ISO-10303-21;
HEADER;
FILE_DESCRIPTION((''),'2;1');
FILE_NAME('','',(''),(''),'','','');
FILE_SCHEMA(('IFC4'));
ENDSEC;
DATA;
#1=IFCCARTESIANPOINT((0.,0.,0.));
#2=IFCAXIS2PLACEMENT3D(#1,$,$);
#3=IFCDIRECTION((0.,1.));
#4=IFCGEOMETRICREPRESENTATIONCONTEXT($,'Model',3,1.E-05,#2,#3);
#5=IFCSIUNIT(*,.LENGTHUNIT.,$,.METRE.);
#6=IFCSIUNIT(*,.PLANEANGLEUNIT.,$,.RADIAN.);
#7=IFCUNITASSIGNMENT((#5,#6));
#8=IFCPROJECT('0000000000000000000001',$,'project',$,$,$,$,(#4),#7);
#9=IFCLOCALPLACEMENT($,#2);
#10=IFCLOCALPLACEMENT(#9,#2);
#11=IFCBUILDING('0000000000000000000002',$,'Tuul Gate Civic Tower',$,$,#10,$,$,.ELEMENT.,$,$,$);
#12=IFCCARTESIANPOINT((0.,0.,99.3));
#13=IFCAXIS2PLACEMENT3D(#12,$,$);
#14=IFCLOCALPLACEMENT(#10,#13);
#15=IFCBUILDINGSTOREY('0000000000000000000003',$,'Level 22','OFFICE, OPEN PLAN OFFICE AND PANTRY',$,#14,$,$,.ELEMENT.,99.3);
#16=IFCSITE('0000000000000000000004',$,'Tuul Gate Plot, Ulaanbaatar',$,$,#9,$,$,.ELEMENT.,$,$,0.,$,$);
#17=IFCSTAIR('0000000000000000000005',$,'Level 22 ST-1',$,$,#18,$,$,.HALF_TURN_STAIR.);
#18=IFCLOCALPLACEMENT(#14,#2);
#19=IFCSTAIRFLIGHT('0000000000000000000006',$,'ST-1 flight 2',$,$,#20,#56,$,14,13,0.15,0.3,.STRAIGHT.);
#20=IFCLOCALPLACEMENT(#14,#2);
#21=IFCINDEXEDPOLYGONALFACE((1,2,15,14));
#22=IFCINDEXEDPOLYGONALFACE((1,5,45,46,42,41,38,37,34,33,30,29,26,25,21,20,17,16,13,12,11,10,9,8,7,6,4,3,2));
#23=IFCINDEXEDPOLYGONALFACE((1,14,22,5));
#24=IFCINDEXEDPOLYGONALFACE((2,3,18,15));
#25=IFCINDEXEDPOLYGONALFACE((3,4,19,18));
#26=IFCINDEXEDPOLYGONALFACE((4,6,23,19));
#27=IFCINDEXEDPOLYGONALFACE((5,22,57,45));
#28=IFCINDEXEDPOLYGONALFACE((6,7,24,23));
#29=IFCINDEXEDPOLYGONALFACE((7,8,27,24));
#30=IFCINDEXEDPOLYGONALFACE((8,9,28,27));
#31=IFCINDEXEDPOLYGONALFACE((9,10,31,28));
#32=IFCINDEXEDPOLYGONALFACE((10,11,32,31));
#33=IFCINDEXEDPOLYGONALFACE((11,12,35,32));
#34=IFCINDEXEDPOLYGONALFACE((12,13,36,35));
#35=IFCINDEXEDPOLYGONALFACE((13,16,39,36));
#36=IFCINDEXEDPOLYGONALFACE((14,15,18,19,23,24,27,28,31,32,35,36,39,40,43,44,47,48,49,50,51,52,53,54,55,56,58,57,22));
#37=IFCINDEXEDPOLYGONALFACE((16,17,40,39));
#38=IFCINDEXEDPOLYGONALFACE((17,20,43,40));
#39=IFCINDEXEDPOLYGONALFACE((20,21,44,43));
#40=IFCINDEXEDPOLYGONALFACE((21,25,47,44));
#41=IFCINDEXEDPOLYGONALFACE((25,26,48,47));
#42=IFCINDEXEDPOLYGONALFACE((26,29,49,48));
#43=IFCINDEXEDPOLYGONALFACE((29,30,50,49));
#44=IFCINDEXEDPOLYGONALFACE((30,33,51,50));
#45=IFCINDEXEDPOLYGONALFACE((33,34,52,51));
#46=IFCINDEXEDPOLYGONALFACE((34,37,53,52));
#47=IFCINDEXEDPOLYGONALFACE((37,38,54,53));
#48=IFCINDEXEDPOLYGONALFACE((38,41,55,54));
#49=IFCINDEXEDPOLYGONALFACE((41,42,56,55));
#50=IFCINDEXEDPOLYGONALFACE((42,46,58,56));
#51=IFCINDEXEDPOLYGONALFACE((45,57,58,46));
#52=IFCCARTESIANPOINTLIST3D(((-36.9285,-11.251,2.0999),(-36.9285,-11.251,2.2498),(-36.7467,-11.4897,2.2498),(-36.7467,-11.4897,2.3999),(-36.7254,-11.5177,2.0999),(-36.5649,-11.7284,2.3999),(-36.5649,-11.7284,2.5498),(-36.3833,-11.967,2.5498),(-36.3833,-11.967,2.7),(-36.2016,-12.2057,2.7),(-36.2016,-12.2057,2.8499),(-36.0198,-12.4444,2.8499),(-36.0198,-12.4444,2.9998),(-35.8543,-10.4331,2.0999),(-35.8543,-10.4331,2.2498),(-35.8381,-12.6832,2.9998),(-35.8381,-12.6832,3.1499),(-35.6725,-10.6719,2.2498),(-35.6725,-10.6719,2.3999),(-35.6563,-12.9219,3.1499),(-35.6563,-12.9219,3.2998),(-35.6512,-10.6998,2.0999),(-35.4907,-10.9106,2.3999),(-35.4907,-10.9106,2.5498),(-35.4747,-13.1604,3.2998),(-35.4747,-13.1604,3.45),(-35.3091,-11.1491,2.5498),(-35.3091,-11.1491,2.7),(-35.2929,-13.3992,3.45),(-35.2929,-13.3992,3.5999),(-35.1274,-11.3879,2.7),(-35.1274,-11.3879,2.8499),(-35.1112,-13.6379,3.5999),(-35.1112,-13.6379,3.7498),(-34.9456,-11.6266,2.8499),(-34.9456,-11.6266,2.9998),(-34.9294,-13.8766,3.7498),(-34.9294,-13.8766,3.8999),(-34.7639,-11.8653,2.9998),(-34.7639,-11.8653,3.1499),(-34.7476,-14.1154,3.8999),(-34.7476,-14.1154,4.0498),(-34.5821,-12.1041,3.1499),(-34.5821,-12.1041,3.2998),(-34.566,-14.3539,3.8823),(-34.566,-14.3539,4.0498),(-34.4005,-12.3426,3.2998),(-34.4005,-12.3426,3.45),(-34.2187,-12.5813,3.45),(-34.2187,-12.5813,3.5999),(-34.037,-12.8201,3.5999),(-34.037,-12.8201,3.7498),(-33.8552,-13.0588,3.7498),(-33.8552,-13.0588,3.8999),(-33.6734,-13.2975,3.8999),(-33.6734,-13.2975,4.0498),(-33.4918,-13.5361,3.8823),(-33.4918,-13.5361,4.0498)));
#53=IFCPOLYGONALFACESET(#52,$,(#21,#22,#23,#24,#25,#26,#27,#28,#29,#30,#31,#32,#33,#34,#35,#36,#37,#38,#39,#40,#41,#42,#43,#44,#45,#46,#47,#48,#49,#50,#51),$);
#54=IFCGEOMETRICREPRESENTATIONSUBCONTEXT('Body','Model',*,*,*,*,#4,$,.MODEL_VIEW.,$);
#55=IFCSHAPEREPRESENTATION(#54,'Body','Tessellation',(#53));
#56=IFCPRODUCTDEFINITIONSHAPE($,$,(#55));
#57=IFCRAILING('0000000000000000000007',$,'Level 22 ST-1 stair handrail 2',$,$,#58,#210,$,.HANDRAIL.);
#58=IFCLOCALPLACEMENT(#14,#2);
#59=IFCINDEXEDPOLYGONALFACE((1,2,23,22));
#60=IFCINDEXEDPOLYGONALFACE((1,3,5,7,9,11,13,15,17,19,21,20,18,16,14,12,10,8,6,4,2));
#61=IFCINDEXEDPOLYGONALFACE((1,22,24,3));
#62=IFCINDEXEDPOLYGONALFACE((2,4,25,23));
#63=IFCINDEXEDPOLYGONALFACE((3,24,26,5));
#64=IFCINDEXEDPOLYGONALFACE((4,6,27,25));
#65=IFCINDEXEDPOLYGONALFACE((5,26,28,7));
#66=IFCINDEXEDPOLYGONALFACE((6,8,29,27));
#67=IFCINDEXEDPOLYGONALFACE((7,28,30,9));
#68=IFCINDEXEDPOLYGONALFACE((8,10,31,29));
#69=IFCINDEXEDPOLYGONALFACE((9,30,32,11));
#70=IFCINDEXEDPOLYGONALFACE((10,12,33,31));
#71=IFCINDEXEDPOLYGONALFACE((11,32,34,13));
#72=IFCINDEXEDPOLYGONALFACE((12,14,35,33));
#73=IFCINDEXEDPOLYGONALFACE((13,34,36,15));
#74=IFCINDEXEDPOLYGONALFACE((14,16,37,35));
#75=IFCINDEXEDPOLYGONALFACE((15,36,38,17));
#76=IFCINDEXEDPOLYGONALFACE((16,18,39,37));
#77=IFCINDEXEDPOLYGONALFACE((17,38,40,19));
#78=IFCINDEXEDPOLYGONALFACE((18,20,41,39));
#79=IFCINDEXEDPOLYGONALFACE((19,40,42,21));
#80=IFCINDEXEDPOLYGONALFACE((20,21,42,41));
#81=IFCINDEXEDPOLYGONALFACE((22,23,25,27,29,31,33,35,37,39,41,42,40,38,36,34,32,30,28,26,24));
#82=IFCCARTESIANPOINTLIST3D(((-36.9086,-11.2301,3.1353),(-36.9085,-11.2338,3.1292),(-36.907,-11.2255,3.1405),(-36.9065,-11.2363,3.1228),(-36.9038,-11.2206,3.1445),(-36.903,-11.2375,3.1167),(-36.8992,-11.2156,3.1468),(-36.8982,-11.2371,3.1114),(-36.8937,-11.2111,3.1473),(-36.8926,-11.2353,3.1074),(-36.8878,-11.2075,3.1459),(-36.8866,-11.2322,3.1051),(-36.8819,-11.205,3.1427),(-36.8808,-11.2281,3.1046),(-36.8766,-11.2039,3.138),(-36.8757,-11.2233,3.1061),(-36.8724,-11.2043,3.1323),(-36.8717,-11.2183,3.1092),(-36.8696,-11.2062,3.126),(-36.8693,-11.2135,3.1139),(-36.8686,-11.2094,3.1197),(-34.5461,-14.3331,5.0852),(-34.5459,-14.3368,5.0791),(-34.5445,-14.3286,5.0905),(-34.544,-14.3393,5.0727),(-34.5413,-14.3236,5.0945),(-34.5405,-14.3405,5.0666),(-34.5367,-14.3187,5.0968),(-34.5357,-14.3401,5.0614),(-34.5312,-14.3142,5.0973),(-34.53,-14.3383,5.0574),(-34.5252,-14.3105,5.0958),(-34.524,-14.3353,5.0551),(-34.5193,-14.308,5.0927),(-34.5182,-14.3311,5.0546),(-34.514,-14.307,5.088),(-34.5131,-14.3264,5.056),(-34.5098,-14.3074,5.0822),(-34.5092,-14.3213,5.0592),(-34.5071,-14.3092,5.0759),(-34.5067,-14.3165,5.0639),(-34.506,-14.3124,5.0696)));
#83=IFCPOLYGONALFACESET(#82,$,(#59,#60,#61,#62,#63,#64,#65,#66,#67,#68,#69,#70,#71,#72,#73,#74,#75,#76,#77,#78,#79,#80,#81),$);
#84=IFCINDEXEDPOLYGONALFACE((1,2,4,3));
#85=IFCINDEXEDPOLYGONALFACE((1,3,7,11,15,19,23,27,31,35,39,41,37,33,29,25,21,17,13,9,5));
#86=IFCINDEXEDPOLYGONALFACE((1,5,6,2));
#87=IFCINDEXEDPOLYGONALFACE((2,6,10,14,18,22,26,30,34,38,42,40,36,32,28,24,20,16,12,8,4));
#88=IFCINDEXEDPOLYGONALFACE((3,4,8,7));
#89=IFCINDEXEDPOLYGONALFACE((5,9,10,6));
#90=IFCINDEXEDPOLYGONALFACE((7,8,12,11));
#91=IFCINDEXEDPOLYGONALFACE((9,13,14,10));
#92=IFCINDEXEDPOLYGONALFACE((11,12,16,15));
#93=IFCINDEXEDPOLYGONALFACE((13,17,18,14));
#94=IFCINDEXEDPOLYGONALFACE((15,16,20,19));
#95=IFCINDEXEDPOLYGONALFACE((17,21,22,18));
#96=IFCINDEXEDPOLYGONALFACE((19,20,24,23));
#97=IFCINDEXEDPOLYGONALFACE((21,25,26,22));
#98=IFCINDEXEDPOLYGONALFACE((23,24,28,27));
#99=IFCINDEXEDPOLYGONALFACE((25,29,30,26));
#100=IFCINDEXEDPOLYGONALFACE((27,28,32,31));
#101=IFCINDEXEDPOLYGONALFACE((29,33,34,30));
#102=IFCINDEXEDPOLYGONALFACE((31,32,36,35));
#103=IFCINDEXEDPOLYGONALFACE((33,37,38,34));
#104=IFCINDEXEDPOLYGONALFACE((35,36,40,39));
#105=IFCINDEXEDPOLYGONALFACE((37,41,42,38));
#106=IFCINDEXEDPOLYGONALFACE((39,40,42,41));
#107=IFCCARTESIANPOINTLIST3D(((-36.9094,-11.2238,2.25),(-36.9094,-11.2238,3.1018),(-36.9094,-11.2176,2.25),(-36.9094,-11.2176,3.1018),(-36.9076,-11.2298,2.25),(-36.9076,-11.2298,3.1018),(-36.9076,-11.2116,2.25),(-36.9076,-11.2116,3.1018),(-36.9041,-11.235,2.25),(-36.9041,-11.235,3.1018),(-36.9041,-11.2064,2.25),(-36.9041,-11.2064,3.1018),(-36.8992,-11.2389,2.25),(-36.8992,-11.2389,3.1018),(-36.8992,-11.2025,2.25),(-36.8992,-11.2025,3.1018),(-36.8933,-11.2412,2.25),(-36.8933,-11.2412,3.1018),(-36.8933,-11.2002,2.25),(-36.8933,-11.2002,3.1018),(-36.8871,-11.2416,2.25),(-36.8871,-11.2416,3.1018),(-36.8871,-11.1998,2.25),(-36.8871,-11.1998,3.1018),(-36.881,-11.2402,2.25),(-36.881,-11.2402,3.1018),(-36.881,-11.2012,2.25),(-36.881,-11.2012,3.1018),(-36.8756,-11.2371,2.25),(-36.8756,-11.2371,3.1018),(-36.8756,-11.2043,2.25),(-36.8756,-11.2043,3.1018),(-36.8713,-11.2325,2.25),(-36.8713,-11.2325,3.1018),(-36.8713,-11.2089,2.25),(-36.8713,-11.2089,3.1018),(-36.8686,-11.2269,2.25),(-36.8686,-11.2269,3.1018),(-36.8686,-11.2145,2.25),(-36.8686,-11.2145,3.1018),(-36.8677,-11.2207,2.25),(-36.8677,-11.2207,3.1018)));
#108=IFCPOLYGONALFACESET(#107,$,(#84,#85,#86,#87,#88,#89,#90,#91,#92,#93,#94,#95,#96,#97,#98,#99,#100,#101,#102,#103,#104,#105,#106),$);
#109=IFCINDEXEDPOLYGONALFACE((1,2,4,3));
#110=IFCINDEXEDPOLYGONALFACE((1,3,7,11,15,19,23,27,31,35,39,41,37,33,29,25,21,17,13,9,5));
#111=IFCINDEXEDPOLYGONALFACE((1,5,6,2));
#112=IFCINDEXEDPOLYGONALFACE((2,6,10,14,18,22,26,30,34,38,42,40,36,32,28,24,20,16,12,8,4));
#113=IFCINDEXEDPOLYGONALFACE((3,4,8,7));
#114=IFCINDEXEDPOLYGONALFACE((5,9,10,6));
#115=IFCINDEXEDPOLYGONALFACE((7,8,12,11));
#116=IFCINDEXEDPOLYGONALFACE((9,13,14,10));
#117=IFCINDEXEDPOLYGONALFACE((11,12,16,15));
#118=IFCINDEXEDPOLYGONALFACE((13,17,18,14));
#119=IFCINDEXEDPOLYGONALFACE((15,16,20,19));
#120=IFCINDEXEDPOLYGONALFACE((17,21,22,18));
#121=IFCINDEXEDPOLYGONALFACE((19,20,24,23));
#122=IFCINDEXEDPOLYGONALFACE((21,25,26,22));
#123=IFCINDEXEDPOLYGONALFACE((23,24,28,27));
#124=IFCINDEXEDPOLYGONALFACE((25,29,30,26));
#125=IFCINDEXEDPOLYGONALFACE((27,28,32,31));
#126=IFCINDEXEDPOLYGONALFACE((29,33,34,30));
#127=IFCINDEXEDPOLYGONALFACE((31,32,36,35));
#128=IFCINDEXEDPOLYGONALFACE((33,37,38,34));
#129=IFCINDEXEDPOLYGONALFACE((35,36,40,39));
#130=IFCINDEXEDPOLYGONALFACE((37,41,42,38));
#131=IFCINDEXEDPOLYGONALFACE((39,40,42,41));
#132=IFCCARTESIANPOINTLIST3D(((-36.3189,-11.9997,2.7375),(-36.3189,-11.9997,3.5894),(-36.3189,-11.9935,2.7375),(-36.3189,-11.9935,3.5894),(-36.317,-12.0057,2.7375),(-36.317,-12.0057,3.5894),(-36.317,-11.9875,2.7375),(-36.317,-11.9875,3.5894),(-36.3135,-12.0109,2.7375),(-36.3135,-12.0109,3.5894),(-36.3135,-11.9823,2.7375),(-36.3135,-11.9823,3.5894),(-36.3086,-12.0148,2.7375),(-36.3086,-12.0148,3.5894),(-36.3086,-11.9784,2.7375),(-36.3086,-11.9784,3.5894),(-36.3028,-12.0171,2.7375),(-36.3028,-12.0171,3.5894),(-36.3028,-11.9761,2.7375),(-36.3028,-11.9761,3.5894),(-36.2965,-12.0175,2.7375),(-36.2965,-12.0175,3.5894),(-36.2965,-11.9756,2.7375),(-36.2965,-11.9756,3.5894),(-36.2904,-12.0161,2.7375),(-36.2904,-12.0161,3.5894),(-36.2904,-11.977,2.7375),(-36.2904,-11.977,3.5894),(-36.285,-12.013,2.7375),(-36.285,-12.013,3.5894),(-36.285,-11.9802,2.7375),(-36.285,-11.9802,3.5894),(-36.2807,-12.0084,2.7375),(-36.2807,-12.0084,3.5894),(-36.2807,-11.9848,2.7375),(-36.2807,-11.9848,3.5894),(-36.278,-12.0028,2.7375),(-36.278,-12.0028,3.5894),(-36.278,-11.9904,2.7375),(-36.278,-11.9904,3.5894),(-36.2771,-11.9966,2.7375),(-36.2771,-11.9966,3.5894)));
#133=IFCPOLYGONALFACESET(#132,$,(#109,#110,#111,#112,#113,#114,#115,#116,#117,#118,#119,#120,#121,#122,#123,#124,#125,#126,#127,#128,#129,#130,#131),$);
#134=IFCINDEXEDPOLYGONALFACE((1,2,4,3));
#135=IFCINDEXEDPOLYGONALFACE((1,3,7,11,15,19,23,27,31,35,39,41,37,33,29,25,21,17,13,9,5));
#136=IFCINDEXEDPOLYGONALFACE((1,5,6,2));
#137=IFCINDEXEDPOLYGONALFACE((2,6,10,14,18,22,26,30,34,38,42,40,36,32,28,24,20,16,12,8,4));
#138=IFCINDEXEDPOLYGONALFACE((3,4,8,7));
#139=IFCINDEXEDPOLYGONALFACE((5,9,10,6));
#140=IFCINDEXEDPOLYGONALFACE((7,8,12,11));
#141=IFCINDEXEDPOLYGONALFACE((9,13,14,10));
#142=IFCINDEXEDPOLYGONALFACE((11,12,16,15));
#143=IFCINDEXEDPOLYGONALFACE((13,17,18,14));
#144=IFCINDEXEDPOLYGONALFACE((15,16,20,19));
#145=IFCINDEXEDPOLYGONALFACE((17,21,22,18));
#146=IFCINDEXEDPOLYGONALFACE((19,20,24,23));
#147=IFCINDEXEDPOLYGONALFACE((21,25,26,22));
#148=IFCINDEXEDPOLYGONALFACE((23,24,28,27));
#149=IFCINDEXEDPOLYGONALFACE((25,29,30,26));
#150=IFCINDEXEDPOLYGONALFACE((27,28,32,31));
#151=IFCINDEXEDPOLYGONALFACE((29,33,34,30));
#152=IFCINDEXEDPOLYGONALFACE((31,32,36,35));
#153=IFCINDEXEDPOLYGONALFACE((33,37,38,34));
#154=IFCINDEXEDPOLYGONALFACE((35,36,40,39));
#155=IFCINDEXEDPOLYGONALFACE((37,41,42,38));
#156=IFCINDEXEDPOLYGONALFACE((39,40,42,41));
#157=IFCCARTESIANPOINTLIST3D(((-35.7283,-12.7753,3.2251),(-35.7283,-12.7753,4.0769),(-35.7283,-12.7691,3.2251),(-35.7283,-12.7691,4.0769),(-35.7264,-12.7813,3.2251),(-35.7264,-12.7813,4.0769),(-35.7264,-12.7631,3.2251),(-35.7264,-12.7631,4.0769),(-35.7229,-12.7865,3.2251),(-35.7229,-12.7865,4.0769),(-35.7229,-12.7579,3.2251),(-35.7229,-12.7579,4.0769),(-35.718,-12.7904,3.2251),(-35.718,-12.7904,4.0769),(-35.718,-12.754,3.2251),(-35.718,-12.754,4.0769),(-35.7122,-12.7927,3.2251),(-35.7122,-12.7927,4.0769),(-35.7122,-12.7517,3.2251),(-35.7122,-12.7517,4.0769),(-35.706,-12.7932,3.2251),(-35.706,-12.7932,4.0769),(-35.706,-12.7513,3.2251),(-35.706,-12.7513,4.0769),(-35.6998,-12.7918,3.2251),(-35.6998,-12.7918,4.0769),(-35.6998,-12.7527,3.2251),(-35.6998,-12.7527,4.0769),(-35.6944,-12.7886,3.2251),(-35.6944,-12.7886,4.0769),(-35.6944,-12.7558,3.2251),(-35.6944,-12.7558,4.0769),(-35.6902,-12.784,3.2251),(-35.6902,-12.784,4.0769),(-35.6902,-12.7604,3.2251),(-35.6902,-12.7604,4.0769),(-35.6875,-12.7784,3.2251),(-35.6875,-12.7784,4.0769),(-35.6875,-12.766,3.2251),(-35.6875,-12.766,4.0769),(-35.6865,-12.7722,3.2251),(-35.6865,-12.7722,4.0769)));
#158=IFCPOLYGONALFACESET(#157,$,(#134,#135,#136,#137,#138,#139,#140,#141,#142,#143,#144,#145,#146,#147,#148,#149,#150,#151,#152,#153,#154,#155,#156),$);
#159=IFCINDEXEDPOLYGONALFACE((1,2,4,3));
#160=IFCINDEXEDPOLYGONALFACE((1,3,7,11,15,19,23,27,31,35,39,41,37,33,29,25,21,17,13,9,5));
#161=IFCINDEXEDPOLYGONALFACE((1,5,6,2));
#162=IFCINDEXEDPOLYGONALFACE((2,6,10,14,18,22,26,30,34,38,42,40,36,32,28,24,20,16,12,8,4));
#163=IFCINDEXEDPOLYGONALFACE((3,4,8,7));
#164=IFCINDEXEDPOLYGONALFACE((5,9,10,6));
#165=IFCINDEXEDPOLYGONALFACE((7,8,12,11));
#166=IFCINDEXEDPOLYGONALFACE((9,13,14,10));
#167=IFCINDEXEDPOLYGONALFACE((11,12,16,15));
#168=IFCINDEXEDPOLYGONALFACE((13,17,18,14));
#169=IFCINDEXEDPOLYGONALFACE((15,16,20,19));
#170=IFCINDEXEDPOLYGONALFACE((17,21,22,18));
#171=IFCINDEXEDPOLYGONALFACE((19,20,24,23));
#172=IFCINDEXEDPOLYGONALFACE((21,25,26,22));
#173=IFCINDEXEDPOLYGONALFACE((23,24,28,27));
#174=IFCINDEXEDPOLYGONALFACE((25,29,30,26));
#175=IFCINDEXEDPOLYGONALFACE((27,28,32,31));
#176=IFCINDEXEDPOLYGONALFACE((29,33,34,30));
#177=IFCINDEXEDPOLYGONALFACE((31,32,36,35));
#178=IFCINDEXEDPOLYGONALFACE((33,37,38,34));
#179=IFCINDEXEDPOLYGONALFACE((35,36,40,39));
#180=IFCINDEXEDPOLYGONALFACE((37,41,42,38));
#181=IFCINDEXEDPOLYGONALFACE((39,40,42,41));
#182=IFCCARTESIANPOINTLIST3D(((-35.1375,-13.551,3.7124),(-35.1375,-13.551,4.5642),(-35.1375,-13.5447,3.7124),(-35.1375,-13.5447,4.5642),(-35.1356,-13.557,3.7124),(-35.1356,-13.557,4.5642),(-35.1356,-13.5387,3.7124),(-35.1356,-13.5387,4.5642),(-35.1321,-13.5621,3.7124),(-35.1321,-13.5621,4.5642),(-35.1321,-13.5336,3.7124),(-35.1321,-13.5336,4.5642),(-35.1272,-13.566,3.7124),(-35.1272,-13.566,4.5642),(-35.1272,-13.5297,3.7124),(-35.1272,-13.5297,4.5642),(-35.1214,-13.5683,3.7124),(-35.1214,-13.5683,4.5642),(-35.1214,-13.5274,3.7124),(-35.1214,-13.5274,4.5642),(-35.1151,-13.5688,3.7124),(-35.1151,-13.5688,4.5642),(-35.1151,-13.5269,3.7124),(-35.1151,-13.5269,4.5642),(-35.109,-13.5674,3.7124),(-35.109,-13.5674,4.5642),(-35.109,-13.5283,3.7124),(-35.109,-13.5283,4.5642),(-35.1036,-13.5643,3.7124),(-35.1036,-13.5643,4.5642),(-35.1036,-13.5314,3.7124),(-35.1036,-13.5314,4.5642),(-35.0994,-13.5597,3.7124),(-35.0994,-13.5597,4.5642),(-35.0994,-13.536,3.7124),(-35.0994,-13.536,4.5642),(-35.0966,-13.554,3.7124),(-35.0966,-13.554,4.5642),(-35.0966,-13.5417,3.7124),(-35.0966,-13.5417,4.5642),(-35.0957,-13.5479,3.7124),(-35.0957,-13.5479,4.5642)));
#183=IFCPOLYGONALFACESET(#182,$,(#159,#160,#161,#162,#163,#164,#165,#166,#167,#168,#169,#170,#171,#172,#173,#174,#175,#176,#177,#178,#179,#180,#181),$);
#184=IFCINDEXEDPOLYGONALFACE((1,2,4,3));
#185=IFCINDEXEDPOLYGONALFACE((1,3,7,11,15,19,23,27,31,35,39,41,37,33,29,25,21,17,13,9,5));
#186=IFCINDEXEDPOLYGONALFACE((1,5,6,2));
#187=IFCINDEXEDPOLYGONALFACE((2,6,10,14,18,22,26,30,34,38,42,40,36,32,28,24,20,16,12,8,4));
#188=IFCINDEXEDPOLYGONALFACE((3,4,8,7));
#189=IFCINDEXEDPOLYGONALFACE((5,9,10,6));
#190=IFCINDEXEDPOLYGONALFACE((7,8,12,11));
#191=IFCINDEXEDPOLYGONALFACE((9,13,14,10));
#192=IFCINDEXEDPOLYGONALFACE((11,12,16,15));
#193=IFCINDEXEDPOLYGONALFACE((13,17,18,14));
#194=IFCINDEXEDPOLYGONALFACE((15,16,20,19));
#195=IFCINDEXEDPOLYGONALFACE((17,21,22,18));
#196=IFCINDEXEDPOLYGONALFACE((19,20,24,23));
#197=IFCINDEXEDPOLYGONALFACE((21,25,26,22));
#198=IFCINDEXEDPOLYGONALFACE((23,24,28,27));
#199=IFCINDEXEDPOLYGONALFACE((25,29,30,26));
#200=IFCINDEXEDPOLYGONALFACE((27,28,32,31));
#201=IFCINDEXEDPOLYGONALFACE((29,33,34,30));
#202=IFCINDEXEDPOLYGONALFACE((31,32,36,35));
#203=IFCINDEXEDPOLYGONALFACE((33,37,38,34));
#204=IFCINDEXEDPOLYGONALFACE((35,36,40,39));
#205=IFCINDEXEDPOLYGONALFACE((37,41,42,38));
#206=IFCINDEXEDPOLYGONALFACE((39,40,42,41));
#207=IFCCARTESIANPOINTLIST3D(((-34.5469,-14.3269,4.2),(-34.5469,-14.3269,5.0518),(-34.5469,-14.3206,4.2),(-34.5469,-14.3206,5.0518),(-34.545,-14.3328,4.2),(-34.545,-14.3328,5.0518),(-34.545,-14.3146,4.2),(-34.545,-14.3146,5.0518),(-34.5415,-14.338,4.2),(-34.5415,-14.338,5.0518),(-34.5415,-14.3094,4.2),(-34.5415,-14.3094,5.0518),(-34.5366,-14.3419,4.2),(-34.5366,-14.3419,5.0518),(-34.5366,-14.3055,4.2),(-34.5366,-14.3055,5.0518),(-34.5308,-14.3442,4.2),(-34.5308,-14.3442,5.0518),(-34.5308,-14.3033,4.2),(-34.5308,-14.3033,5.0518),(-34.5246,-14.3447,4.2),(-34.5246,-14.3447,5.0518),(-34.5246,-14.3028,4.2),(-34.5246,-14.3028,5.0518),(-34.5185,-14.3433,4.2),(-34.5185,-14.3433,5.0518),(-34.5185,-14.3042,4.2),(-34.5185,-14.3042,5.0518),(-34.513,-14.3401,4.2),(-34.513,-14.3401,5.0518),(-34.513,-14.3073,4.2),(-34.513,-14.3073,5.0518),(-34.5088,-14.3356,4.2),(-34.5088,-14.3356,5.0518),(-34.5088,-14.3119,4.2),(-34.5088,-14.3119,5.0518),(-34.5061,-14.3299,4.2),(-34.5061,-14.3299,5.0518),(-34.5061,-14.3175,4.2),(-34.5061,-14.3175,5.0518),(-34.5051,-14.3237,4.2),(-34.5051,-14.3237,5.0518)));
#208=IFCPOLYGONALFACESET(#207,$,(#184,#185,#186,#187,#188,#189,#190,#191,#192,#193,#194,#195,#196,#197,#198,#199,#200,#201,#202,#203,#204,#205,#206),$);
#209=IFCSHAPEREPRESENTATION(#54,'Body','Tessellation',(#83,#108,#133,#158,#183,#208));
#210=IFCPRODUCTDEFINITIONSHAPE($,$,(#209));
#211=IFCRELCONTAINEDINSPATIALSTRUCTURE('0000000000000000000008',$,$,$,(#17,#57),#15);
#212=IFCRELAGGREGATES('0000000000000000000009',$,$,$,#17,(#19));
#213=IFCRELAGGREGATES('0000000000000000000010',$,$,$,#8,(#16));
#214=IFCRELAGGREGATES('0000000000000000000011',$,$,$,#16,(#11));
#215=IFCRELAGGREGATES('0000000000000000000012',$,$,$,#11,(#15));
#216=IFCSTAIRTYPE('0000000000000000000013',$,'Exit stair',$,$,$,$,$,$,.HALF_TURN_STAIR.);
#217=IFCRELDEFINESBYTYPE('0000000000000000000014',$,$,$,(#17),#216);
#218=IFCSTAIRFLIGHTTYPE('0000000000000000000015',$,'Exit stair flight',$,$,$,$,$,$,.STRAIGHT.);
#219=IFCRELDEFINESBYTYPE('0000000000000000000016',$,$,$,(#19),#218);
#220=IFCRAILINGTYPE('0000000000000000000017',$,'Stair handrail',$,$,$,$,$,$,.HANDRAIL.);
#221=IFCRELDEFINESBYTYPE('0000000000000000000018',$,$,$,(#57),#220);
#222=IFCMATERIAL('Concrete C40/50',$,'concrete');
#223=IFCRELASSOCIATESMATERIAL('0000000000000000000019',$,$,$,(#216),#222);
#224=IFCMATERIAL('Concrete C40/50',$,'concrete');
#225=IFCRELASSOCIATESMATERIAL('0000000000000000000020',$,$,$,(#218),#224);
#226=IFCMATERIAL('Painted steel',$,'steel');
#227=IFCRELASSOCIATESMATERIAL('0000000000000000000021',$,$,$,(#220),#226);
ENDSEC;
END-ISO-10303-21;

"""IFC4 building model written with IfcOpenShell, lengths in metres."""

from ifc_helpers import new_model, si_unit, direction, frame, origin, origin_2d, place, context, subcontext, project, spatial, polyline, circle, outline, extrude, material, type_object, element, aggregate, save


model = new_model("IFC4")

# Units and contexts
model_context = context("Model", 3, precision=1e-05, world=origin(), true_north=direction((0.0, 1.0)))
body_context = subcontext(model_context, "Body", "Model", "MODEL_VIEW")
ifc_project = project(units=[si_unit("LENGTHUNIT", "METRE"), si_unit("PLANEANGLEUNIT", "RADIAN")], contexts=[model_context])

# Site, building, storey
site_placement = place(None, origin())
site = spatial("IfcSite", under=ifc_project, at=site_placement, Name="Tuul Gate Plot, Ulaanbaatar", CompositionType="ELEMENT", RefElevation=0.0)
building_placement = place(site_placement, origin())
building = spatial("IfcBuilding", under=site, at=building_placement, Name="Tuul Gate Civic Tower", CompositionType="ELEMENT")
storey_placement = place(building_placement, frame((0.0, 0.0, 99.3)))
storey = spatial("IfcBuildingStorey", under=building, at=storey_placement, Name="Level 22", Description="OFFICE, OPEN PLAN OFFICE AND PANTRY", CompositionType="ELEMENT", Elevation=99.3)

# Stair, stair flight
ifc_material_1 = material(Name="Concrete C40/50", Category="concrete")
stair_type = type_object("IfcStairType", Name="Exit stair", PredefinedType="HALF_TURN_STAIR", material=ifc_material_1)
stair_placement = place(storey_placement, origin())
stair = element("IfcStair", 1, at=stair_placement, inside=storey, type_object=stair_type, Name="Level 22 ST-1", PredefinedType="HALF_TURN_STAIR")
ifc_material_2 = material(Name="Concrete C40/50", Category="concrete")
stair_flight_type = type_object("IfcStairFlightType", Name="Exit stair flight", PredefinedType="STRAIGHT", material=ifc_material_2)
stair_flight_placement = place(storey_placement, frame((-36.3914, -10.842, 2.0999), z_axis=(0.0, 0.0, 1.0), x_axis=(0.605764, -0.795644, 0.0)))
stair_flight = element("IfcStairFlight", 2, at=stair_flight_placement, type_object=stair_flight_type, Name="ST-1 flight 2", NumberOfRisers=14, NumberOfTreads=13, PredefinedType="STRAIGHT", RiserHeight=0.15, TreadLength=0.3, context=body_context, shape_type="SweptSolid", body=[
    extrude(outline(polyline([(0.0, 0.0), (0.0, 0.1499), (0.3, 0.1499), (0.3, 0.3), (0.6001, 0.3), (0.6001, 0.45), (0.8999, 0.45), (0.8999, 0.6001), (1.2, 0.6001), (1.2, 0.75), (1.5, 0.75), (1.5, 0.8999), (1.8, 0.8999), (1.8, 1.05), (2.1001, 1.05), (2.1001, 1.2), (2.3999, 1.2), (2.3999, 1.3501), (2.7, 1.3501), (2.7, 1.5), (3.0, 1.5), (3.0, 1.6499), (3.3, 1.6499), (3.3, 1.8), (3.6001, 1.8), (3.6001, 1.95), (3.8999, 1.95), (3.8999, 2.1001), (3.8999, 1.7825), (0.3352, 0.0), (0.0, 0.0)])), frame((0.0, 0.675, 0.0), z_axis=(0.0, -1.0, 0.0), x_axis=(1.0, 0.0, 0.0)), (0.0, 0.0, 1.0), 1.3501),
])
aggregate(stair, [stair_flight])

# Railing
ifc_material_3 = material(Name="Painted steel", Category="steel")
railing_type_1 = type_object("IfcRailingType", Name="Stair handrail", PredefinedType="HANDRAIL", material=ifc_material_3)
railing_1_placement = place(storey_placement, frame((-36.8887, -11.2207, 2.25)))
element("IfcRailing", 3, at=railing_1_placement, inside=storey, type_object=railing_type_1, Name="Level 22 ST-1 stair handrail 2", PredefinedType="HANDRAIL", context=body_context, shape_type="SweptSolid", body=[
    extrude(circle(Radius=0.0239, at=origin_2d()), frame((0.0, 0.0, 0.876), z_axis=(0.541824, -0.711645, 0.4472), x_axis=(0.795637, 0.605773, 0.0)), (0.0, 0.0, 1.0), 4.3604),
    extrude(circle(Radius=0.021, at=origin_2d()), origin(), (0.0, 0.0, 1.0), 0.8518),
    extrude(circle(Radius=0.021, at=origin_2d()), frame((0.5906, -0.7759, 0.4875)), (0.0, 0.0, 1.0), 0.8518),
    extrude(circle(Radius=0.021, at=origin_2d()), frame((1.1812, -1.5515, 0.9751)), (0.0, 0.0, 1.0), 0.8518),
    extrude(circle(Radius=0.021, at=origin_2d()), frame((1.772, -2.3271, 1.4624)), (0.0, 0.0, 1.0), 0.8518),
    extrude(circle(Radius=0.021, at=origin_2d()), frame((2.3625, -3.103, 1.95)), (0.0, 0.0, 1.0), 0.8518),
])

save(model, "model.ifc")
